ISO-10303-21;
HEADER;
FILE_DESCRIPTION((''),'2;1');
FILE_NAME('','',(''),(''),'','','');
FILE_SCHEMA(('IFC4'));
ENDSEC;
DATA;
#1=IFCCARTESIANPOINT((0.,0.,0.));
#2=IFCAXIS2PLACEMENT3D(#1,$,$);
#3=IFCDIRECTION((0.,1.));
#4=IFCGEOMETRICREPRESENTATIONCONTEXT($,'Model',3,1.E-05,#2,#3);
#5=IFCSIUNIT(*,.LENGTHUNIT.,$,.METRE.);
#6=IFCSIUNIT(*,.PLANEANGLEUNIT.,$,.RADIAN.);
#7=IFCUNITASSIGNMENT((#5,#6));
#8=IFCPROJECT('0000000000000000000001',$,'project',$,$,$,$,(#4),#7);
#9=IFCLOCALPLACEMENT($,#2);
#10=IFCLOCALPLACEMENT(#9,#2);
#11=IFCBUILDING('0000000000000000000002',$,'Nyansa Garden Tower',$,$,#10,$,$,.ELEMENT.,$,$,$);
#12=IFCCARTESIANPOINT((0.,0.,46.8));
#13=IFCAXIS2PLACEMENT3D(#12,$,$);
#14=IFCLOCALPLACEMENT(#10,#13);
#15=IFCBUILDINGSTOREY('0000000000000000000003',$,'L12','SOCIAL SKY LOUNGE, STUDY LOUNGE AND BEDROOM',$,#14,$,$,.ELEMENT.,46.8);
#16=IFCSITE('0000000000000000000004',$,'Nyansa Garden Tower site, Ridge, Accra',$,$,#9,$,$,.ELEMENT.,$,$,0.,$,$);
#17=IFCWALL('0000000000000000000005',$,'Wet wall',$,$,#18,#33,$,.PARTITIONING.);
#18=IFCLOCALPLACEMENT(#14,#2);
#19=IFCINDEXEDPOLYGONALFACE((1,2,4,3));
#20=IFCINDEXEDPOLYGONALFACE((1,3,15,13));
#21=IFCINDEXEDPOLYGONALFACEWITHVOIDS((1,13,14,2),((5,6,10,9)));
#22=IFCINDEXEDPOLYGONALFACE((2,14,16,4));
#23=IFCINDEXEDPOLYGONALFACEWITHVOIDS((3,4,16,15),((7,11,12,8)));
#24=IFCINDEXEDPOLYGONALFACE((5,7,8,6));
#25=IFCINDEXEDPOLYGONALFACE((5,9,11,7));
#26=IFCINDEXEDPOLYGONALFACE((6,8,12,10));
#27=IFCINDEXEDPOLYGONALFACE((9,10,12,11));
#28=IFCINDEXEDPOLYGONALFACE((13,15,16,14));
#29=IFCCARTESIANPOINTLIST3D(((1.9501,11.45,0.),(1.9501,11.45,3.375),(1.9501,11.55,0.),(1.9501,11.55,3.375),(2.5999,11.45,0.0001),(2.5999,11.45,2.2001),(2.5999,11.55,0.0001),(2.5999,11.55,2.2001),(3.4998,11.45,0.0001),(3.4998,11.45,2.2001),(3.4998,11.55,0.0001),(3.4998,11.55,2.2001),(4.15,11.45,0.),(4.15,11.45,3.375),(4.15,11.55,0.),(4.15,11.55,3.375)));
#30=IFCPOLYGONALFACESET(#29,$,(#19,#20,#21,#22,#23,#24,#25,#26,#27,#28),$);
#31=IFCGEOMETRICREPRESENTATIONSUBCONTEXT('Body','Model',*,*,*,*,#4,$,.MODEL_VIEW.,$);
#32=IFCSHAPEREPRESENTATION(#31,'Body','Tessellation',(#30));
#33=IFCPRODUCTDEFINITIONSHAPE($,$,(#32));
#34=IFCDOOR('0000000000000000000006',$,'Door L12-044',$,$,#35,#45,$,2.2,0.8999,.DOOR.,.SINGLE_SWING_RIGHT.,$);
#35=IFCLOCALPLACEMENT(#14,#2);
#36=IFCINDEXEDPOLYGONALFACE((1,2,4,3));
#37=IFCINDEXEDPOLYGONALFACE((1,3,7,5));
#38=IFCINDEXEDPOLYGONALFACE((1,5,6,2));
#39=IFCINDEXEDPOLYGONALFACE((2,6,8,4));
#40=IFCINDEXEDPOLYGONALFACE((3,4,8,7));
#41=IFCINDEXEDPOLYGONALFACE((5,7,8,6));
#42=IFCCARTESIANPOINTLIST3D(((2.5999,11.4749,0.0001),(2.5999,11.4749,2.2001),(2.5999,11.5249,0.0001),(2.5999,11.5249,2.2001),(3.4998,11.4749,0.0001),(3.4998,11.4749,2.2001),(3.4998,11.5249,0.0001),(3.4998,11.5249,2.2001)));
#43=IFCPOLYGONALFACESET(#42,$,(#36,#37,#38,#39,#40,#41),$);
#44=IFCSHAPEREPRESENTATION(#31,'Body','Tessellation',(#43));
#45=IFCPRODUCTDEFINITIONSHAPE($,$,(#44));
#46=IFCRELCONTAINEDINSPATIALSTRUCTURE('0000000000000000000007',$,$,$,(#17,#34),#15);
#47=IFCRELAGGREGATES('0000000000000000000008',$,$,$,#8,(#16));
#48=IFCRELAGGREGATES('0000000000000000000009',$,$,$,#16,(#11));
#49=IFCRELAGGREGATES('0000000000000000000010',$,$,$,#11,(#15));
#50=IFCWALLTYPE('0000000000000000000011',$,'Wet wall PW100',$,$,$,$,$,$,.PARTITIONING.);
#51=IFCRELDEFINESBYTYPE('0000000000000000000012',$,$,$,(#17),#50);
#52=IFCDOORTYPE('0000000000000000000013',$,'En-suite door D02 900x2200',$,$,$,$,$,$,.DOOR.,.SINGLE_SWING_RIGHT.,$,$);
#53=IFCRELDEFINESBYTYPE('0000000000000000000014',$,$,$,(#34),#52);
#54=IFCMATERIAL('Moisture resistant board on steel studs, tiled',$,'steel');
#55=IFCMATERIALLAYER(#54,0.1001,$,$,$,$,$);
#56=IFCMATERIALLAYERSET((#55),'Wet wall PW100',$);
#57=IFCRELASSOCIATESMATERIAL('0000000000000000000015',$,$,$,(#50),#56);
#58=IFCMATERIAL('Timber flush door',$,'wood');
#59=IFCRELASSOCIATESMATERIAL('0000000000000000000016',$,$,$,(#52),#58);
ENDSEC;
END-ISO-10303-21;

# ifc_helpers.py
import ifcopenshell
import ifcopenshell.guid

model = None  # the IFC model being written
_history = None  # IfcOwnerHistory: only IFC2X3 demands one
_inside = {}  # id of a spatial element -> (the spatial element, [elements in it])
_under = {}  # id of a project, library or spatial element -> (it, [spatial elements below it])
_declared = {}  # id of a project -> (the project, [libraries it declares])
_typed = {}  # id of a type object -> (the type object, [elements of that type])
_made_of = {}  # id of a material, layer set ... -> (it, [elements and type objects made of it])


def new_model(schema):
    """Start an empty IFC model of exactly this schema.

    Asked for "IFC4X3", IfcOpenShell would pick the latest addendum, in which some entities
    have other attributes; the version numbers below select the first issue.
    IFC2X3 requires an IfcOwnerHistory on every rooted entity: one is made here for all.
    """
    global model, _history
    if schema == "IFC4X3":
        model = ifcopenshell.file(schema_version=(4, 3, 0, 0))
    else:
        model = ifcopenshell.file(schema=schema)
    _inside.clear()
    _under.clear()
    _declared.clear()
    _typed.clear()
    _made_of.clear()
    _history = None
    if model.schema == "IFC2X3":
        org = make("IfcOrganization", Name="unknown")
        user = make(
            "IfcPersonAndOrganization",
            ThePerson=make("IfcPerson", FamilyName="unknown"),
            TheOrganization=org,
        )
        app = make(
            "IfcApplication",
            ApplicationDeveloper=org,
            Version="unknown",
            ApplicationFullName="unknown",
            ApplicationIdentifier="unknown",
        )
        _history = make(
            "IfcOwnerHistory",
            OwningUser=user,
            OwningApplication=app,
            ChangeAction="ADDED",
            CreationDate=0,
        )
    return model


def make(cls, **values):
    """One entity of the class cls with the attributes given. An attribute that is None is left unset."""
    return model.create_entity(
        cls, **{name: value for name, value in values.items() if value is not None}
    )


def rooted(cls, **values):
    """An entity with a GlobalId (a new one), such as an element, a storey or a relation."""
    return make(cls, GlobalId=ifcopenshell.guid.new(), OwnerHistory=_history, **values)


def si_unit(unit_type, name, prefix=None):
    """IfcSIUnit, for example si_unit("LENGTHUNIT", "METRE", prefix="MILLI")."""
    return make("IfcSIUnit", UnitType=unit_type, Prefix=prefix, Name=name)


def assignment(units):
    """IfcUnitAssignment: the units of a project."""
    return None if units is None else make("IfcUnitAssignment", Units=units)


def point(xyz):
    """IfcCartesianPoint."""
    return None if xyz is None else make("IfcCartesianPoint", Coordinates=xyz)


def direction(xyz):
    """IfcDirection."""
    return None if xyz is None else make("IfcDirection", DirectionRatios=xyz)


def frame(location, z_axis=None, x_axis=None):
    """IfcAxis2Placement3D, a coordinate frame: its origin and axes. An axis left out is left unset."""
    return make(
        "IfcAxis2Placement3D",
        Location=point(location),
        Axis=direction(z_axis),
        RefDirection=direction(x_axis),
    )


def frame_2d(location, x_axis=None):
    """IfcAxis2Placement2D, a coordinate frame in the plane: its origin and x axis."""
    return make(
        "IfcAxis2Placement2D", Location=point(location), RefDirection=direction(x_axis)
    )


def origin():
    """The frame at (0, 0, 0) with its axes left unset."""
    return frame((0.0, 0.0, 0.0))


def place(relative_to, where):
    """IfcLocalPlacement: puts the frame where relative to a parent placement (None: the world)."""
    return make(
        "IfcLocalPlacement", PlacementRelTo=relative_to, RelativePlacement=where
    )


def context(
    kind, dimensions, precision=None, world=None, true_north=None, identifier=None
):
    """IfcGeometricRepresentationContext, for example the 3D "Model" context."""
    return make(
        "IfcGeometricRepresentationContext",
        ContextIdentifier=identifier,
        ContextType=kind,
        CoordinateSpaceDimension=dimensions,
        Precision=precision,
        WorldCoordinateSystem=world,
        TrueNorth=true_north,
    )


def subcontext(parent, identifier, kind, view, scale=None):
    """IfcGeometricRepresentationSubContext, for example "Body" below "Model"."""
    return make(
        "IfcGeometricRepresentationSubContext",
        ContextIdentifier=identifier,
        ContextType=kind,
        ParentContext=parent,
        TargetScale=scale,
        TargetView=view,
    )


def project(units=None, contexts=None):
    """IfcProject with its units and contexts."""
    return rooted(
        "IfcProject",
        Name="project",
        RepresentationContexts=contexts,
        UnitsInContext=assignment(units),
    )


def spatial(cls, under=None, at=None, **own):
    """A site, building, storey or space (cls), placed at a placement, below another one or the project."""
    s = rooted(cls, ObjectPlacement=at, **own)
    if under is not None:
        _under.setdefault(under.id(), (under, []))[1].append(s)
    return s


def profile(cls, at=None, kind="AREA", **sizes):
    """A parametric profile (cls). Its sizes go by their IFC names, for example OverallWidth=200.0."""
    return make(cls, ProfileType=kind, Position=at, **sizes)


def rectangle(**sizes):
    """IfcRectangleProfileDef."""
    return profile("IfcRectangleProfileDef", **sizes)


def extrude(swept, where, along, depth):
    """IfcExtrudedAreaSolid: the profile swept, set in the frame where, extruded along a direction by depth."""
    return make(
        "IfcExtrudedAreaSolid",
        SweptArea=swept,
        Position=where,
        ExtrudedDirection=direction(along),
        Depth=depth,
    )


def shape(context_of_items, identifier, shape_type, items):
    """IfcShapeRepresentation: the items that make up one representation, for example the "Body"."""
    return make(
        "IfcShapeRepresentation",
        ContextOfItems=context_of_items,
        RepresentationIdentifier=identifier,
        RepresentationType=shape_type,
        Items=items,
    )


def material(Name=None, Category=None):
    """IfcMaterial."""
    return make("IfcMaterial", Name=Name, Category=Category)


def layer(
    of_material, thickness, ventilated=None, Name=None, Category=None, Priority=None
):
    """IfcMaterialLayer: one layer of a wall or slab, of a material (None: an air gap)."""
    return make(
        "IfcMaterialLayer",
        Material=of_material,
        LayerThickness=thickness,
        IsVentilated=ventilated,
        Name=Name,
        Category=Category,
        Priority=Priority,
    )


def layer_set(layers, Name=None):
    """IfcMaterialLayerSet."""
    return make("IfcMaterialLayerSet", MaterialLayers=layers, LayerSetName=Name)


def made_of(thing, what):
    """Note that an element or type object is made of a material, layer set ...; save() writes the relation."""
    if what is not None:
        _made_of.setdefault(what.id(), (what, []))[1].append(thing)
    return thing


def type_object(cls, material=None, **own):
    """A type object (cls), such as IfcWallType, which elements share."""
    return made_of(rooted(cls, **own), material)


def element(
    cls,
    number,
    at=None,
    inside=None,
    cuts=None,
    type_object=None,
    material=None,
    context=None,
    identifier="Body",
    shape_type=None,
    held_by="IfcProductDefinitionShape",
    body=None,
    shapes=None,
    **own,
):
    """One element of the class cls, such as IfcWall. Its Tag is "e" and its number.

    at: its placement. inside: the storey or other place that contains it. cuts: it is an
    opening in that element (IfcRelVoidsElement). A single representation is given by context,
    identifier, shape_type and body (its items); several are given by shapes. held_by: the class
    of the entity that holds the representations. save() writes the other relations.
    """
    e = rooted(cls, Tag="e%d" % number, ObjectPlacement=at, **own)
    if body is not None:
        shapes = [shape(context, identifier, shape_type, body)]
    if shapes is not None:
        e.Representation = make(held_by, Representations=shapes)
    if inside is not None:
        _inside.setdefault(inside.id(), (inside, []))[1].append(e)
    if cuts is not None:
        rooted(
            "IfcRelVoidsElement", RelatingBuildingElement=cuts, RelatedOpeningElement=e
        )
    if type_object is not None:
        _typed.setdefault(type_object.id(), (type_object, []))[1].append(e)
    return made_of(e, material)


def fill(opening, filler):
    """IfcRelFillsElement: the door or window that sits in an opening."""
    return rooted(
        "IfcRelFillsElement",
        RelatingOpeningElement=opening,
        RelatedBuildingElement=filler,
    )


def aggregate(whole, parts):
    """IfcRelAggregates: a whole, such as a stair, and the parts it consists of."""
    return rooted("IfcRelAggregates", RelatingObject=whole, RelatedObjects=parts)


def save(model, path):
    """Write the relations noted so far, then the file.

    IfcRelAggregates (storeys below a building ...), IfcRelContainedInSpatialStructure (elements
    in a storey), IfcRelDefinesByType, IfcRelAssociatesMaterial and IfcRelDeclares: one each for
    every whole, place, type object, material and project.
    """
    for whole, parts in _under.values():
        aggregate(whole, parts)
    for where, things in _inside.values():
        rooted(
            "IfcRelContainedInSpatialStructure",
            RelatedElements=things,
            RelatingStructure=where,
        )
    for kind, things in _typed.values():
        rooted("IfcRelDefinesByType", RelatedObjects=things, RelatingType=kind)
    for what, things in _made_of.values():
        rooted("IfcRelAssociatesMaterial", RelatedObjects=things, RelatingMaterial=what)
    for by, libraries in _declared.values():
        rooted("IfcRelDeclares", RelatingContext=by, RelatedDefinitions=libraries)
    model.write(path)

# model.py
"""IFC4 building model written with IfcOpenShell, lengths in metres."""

from ifc_helpers import new_model, si_unit, direction, frame, frame_2d, origin, place, context, subcontext, project, spatial, rectangle, extrude, material, layer, layer_set, type_object, element, fill, save


model = new_model("IFC4")

# Units and contexts
model_context = context("Model", 3, precision=1e-05, world=origin(), true_north=direction((0.0, 1.0)))
body_context = subcontext(model_context, "Body", "Model", "MODEL_VIEW")
ifc_project = project(units=[si_unit("LENGTHUNIT", "METRE"), si_unit("PLANEANGLEUNIT", "RADIAN")], contexts=[model_context])

# Site, building, storey
site_placement = place(None, origin())
site = spatial("IfcSite", under=ifc_project, at=site_placement, Name="Nyansa Garden Tower site, Ridge, Accra", CompositionType="ELEMENT", RefElevation=0.0)
building_placement = place(site_placement, origin())
building = spatial("IfcBuilding", under=site, at=building_placement, Name="Nyansa Garden Tower", CompositionType="ELEMENT")
storey_placement = place(building_placement, frame((0.0, 0.0, 46.8)))
storey = spatial("IfcBuildingStorey", under=building, at=storey_placement, Name="L12", Description="SOCIAL SKY LOUNGE, STUDY LOUNGE AND BEDROOM", CompositionType="ELEMENT", Elevation=46.8)

# Shared definitions
ifc_material_1 = material(Name="Moisture resistant board on steel studs, tiled", Category="steel")
ifc_layer_1 = layer(ifc_material_1, 0.1001)
ifc_layer_set_1 = layer_set([ifc_layer_1], Name="Wet wall PW100")
wall_type_1 = type_object("IfcWallType", Name="Wet wall PW100", PredefinedType="PARTITIONING", material=ifc_layer_set_1)

# Wall, opening, door
wall_1_placement = place(storey_placement, frame((1.95, 11.5, 0.0), z_axis=(0.0, 0.0, 1.0), x_axis=(1.0, 0.0, 0.0)))
wall_1 = element("IfcWall", 1, at=wall_1_placement, inside=storey, type_object=wall_type_1, Name="Wet wall", PredefinedType="PARTITIONING", context=body_context, shape_type="SweptSolid", body=[
    extrude(rectangle(XDim=2.2, YDim=0.1001, at=frame_2d((1.1001, 0.0))), origin(), (0.0, 0.0, 1.0), 3.375),
])
opening_1_placement = place(wall_1_placement, frame((0.6499, 0.0, 0.0)))
opening_1 = element("IfcOpeningElement", 2, at=opening_1_placement, cuts=wall_1, PredefinedType="OPENING", context=body_context, shape_type="SweptSolid", body=[
    extrude(rectangle(XDim=0.8999, YDim=2.2, at=frame_2d((0.45, 1.1001))), frame((0.0, 0.0601, 0.0), z_axis=(0.0, -1.0, 0.0), x_axis=(1.0, 0.0, 0.0)), (0.0, 0.0, 1.0), 0.1201),
])
ifc_material_2 = material(Name="Timber flush door", Category="wood")
door_type_1 = type_object("IfcDoorType", Name="En-suite door D02 900x2200", OperationType="SINGLE_SWING_RIGHT", PredefinedType="DOOR", material=ifc_material_2)
door_1_placement = place(opening_1_placement, origin())
door_1 = element("IfcDoor", 3, at=door_1_placement, inside=storey, type_object=door_type_1, Name="Door L12-044", OperationType="SINGLE_SWING_RIGHT", OverallHeight=2.2, OverallWidth=0.8999, PredefinedType="DOOR", context=body_context, shape_type="SweptSolid", body=[
    extrude(rectangle(XDim=0.8999, YDim=2.2, at=frame_2d((0.45, 1.1001))), frame((0.0, 0.0249, 0.0), z_axis=(0.0, -1.0, 0.0), x_axis=(1.0, 0.0, 0.0)), (0.0, 0.0, 1.0), 0.05),
])
fill(opening_1, door_1)

save(model, "model.ifc")
